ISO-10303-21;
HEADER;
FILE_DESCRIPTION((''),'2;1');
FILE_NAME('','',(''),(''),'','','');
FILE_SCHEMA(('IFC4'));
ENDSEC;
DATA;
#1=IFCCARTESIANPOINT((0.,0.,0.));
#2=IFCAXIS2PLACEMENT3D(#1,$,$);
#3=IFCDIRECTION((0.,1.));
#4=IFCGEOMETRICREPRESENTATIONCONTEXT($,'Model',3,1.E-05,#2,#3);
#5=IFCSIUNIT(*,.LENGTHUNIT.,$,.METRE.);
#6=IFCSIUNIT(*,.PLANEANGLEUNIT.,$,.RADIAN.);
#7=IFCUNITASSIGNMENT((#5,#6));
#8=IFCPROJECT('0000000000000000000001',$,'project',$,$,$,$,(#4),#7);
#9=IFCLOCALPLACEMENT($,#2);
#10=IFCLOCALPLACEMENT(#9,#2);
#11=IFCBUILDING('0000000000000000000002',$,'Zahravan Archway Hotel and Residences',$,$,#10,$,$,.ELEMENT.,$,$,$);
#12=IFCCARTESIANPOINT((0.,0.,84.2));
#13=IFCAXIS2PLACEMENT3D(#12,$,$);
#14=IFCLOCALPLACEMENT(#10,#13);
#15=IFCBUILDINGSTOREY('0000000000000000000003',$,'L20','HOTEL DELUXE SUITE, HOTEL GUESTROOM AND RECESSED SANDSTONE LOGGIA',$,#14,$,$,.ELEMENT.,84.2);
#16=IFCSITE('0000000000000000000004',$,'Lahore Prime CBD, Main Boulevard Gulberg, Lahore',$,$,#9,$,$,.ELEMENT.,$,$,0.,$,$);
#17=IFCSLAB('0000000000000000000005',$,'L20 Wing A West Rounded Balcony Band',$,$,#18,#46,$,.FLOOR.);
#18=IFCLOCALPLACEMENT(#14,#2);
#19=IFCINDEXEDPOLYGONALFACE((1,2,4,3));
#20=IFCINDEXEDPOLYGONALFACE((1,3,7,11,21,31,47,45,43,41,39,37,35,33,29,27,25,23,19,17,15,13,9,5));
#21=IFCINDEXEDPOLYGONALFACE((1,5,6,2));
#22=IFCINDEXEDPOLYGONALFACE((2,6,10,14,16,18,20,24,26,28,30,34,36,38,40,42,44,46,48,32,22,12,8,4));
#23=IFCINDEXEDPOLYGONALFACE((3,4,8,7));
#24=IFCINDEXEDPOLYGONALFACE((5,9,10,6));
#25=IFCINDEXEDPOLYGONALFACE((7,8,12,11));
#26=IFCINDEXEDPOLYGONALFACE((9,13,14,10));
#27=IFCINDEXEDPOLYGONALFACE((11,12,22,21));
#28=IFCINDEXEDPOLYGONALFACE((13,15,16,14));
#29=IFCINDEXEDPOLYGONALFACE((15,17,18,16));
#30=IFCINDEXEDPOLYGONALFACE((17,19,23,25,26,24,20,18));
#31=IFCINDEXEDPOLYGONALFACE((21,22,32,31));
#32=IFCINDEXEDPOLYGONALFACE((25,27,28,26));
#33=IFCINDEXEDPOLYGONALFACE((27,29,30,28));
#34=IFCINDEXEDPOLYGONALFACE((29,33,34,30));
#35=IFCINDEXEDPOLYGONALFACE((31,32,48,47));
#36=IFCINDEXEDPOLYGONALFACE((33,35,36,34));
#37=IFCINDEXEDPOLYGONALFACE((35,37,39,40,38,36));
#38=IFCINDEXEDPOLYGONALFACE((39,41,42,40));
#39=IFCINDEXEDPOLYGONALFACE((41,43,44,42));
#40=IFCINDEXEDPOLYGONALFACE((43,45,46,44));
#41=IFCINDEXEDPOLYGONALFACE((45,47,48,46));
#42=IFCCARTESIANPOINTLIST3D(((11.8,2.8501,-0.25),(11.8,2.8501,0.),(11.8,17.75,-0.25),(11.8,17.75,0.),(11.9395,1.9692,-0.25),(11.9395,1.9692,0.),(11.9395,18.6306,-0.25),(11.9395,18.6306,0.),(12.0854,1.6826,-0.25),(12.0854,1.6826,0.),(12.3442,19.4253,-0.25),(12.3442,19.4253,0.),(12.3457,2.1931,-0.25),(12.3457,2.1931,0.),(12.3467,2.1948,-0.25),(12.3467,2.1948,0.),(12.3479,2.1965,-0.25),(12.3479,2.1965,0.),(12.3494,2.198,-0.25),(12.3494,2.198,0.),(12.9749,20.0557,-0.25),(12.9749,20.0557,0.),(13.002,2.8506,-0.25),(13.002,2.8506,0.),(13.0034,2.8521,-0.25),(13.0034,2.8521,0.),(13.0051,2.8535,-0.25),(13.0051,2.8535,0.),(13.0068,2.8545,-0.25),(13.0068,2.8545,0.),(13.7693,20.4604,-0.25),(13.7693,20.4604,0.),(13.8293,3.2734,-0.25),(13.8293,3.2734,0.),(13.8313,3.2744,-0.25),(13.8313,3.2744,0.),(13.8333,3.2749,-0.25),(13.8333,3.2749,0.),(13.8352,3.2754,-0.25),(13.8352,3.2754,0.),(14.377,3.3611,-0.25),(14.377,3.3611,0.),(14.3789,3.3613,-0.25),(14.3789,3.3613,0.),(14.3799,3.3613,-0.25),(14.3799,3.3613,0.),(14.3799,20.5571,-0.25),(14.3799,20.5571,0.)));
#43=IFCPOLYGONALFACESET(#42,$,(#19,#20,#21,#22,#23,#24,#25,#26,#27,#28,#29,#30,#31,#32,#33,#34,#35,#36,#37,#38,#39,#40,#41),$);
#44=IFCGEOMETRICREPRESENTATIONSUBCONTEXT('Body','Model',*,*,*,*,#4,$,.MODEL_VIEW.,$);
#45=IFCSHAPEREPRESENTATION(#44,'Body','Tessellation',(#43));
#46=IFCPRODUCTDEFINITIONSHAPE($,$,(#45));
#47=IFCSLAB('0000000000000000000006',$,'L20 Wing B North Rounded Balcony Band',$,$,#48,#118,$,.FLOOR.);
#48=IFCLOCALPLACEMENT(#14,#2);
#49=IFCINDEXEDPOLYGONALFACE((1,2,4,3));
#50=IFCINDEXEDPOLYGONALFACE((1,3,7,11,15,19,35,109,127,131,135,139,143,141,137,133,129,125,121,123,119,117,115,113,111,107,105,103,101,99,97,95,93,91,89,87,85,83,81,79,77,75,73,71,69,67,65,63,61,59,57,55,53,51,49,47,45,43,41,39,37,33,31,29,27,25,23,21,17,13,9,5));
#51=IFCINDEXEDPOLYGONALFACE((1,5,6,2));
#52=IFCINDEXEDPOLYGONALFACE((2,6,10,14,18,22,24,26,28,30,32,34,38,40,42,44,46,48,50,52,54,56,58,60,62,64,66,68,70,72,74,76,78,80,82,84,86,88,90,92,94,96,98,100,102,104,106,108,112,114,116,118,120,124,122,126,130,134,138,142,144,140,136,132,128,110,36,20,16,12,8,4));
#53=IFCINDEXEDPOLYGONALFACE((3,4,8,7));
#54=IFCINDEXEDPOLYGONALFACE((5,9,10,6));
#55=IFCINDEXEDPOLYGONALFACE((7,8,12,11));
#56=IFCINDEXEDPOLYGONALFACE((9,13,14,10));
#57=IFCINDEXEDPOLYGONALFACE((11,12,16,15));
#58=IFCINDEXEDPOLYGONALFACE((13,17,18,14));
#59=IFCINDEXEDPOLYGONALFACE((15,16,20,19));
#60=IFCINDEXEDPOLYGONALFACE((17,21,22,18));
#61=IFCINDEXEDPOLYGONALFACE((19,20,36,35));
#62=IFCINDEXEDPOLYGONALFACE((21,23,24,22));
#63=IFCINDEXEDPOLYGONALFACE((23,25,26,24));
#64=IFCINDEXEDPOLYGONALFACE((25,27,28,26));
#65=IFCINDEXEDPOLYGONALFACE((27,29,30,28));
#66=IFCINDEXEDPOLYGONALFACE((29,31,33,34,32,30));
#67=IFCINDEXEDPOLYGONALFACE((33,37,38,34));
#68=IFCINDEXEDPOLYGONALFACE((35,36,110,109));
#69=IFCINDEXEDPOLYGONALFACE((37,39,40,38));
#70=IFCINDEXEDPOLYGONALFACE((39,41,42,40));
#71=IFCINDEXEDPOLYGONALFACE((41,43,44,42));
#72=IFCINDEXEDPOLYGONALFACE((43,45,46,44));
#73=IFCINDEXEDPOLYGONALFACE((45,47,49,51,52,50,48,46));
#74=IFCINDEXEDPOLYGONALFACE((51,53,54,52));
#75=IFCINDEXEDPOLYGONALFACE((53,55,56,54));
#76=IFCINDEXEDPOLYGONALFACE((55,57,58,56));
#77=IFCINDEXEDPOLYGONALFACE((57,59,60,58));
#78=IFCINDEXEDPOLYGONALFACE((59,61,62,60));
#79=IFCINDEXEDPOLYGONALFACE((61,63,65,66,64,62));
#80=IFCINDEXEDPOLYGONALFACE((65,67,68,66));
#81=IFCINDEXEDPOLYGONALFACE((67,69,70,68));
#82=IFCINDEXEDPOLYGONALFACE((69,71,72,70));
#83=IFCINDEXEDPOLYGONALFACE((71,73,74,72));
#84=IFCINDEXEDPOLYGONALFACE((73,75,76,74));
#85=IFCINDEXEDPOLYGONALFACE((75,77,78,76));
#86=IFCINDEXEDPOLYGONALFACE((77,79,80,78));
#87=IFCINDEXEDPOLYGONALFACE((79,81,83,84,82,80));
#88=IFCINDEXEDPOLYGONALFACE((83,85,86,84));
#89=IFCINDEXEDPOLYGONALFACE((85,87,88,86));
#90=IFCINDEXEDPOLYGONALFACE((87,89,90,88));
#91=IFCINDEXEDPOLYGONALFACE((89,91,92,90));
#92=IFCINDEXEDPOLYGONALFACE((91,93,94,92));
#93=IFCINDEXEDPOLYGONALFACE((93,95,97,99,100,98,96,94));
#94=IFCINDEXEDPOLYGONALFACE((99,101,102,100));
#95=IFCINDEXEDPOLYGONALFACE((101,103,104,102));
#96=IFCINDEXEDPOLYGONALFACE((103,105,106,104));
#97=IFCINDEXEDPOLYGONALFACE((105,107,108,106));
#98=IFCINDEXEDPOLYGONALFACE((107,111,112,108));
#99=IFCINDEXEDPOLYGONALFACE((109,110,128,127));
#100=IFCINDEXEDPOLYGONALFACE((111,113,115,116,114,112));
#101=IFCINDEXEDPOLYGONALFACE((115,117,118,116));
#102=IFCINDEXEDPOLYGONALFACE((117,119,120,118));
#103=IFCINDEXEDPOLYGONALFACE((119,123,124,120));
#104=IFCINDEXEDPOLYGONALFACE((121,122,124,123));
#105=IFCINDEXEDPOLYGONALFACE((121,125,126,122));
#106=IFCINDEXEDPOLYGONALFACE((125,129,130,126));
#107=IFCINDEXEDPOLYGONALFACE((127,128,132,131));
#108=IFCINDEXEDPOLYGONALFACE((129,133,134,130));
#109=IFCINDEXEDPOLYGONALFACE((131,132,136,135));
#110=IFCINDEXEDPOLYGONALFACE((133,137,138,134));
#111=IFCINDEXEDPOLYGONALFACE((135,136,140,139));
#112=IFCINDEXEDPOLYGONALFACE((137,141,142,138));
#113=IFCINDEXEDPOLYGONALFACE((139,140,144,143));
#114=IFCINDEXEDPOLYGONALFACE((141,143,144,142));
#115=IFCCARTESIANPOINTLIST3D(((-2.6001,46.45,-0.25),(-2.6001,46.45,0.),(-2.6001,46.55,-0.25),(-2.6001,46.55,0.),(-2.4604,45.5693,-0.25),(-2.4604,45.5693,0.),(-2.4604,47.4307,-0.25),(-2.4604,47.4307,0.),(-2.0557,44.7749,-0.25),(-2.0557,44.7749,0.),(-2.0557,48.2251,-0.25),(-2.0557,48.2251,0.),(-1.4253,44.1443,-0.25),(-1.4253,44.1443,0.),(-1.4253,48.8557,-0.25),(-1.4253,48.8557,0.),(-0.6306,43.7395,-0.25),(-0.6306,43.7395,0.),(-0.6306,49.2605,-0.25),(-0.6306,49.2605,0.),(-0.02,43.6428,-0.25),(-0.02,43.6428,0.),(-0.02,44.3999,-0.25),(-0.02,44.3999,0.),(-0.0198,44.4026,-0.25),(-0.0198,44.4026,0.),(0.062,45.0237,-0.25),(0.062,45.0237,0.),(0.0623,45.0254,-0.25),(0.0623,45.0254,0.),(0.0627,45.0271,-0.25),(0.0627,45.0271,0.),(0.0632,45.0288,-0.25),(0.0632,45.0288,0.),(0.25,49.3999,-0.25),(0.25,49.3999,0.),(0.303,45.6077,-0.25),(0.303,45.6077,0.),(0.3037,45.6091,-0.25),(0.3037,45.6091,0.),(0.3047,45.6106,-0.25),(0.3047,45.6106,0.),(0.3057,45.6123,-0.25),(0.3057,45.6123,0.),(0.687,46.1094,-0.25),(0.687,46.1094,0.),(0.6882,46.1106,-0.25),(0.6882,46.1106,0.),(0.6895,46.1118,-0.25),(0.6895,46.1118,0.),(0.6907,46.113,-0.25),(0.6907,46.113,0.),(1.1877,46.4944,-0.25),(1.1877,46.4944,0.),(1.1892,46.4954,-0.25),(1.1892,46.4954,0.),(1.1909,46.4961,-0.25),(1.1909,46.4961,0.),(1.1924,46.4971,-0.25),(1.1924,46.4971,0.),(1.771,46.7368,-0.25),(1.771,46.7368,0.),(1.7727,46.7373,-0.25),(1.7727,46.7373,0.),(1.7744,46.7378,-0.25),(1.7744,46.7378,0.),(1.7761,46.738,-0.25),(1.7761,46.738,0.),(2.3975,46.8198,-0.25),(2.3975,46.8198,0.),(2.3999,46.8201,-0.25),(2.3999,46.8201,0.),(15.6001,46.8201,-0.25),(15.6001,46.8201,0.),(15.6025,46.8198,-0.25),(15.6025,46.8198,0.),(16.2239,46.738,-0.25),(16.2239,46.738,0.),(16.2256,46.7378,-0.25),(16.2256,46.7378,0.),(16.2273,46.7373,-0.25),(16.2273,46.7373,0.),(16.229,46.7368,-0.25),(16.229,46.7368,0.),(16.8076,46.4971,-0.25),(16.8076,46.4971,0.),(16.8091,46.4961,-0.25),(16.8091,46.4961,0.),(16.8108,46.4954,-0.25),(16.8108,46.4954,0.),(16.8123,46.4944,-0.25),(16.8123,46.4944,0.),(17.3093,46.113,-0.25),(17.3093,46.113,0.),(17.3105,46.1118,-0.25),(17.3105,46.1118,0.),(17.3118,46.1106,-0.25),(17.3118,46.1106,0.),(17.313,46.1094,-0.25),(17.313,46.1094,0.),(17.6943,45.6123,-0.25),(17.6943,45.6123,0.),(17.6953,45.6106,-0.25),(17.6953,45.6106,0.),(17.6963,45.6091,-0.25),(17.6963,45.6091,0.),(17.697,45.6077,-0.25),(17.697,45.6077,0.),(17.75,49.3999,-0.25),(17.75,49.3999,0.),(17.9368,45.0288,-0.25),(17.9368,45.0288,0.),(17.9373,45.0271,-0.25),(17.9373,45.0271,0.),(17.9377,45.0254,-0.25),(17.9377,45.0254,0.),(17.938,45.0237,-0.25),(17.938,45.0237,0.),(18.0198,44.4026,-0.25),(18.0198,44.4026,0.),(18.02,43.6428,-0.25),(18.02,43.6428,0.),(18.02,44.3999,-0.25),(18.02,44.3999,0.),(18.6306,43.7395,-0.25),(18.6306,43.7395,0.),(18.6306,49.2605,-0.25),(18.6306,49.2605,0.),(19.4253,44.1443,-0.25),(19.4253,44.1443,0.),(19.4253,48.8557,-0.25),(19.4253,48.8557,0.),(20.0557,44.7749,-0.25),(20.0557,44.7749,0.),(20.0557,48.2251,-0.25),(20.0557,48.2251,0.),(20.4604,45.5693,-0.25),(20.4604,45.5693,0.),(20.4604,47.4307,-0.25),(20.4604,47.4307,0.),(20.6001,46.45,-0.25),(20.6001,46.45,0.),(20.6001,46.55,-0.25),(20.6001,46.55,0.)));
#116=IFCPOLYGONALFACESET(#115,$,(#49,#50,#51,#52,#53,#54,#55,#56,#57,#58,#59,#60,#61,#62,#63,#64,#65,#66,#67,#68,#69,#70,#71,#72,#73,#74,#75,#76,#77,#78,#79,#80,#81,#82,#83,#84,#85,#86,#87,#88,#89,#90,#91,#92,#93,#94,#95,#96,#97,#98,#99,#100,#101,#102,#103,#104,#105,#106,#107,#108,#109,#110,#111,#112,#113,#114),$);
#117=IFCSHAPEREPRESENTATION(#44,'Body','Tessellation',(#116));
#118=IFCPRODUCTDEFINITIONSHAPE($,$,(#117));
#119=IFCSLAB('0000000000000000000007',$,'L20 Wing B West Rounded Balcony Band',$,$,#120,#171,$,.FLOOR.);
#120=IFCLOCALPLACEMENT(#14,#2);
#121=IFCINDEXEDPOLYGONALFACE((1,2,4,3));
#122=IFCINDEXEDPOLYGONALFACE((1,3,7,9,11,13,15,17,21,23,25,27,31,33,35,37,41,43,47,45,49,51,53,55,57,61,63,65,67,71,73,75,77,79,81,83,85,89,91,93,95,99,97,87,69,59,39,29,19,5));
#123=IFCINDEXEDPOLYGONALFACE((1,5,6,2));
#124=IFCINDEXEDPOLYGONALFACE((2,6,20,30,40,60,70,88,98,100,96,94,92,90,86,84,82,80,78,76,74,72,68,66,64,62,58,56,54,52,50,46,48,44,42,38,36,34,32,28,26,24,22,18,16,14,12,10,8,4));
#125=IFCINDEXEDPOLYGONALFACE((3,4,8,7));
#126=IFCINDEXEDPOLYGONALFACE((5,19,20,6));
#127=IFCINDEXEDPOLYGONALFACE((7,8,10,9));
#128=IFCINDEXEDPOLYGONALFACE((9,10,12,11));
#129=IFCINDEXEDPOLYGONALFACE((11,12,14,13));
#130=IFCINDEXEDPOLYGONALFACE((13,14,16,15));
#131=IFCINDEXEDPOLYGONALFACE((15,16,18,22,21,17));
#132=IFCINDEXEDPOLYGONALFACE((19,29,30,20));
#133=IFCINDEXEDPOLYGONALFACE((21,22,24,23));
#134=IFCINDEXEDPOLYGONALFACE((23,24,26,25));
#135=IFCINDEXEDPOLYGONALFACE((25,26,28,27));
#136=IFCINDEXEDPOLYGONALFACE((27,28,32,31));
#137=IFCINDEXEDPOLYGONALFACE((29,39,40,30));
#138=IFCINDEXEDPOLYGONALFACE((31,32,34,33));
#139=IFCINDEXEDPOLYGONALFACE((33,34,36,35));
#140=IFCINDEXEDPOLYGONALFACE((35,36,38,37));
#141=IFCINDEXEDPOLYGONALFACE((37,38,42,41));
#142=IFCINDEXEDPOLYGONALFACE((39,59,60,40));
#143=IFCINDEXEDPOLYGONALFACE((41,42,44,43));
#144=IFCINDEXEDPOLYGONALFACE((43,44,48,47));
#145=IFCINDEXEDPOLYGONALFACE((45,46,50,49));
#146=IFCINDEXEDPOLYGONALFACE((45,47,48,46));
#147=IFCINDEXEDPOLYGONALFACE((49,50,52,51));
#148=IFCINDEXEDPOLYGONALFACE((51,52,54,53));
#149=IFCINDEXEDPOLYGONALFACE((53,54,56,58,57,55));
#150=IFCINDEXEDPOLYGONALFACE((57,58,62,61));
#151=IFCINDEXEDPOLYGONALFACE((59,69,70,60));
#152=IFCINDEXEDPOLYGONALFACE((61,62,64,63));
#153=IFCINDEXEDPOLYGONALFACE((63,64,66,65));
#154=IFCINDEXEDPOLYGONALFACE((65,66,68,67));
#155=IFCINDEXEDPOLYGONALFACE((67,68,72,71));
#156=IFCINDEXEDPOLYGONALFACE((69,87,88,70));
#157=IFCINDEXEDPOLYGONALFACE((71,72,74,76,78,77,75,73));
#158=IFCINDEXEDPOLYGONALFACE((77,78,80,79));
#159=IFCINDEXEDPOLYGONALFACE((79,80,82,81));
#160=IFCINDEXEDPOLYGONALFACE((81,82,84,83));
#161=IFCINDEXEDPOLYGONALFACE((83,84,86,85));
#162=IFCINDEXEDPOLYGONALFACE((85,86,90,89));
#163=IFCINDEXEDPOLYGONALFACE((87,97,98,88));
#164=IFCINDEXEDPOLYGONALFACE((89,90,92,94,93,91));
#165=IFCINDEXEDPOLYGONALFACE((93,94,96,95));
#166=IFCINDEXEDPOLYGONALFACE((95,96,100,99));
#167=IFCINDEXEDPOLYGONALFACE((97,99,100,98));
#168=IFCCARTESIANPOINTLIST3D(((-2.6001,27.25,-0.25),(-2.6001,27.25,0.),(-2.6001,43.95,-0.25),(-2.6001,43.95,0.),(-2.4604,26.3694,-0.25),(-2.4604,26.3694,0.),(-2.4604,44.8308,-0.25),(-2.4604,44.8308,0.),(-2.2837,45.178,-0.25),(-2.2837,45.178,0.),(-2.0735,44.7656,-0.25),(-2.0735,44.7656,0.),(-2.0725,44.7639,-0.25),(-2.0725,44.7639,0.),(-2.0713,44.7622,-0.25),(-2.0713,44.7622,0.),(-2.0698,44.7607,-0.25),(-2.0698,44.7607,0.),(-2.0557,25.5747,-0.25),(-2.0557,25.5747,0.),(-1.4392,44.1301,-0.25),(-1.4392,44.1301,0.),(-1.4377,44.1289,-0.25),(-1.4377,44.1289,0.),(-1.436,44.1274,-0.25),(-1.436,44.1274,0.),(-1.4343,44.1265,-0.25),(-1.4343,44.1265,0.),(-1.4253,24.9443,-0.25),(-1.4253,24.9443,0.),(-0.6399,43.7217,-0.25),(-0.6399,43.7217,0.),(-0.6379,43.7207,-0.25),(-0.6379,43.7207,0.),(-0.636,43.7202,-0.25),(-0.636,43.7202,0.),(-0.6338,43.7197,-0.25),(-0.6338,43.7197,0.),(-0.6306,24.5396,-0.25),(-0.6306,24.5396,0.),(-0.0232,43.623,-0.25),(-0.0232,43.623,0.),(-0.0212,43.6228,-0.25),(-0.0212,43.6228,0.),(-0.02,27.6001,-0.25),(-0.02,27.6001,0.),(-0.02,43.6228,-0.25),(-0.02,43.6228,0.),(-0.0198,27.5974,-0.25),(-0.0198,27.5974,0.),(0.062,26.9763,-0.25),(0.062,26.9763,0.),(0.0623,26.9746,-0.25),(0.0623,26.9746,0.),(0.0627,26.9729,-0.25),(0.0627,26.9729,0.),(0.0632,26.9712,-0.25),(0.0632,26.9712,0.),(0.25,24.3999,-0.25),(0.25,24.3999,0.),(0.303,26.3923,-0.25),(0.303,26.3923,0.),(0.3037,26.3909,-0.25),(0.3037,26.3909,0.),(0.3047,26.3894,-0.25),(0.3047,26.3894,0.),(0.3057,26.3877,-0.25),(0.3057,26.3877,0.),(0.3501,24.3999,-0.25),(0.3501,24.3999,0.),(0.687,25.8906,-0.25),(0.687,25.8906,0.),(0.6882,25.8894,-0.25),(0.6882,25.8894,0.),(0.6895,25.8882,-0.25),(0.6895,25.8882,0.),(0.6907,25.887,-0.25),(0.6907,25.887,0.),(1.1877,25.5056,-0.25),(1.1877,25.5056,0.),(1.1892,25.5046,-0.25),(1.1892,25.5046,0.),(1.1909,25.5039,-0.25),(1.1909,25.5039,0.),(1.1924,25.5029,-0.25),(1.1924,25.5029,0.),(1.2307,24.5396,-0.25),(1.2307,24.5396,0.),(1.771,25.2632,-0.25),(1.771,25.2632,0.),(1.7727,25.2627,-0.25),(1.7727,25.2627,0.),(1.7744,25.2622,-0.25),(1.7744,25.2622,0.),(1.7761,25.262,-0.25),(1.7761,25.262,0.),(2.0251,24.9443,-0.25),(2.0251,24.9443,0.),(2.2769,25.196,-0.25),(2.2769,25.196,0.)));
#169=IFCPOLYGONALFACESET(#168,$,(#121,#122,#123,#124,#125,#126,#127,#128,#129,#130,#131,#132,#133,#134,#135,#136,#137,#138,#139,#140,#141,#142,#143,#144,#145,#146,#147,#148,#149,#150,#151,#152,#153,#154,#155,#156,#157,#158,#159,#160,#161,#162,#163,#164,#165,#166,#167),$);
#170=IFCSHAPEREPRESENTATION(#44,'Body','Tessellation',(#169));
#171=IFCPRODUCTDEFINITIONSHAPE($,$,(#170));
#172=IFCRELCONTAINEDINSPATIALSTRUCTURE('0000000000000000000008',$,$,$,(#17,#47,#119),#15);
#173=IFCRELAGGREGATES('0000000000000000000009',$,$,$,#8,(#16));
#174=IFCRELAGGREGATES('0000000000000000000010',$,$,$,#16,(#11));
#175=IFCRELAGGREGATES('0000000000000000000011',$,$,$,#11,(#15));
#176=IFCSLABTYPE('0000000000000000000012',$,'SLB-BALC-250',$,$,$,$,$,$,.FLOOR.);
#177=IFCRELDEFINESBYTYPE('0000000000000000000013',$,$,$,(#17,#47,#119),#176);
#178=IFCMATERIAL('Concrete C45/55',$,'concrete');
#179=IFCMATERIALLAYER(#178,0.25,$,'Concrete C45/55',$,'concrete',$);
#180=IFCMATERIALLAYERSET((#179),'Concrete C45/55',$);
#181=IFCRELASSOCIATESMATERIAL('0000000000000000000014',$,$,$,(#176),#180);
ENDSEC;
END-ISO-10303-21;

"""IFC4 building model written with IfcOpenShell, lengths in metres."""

from ifc_helpers import new_model, si_unit, direction, frame, origin, place, context, subcontext, project, spatial, polyline, outline, extrude, material, layer, layer_set, type_object, element, save


model = new_model("IFC4")

# Units and contexts
model_context = context("Model", 3, precision=1e-05, world=origin(), true_north=direction((0.0, 1.0)))
body_context = subcontext(model_context, "Body", "Model", "MODEL_VIEW")
ifc_project = project(units=[si_unit("LENGTHUNIT", "METRE"), si_unit("PLANEANGLEUNIT", "RADIAN")], contexts=[model_context])

# Site, building, storey
site_placement = place(None, origin())
site = spatial("IfcSite", under=ifc_project, at=site_placement, Name="Lahore Prime CBD, Main Boulevard Gulberg, Lahore", CompositionType="ELEMENT", RefElevation=0.0)
building_placement = place(site_placement, origin())
building = spatial("IfcBuilding", under=site, at=building_placement, Name="Zahravan Archway Hotel and Residences", CompositionType="ELEMENT")
storey_placement = place(building_placement, frame((0.0, 0.0, 84.2)))
storey = spatial("IfcBuildingStorey", under=building, at=storey_placement, Name="L20", Description="HOTEL DELUXE SUITE, HOTEL GUESTROOM AND RECESSED SANDSTONE LOGGIA", CompositionType="ELEMENT", Elevation=84.2)

# Slabs
ifc_material_1 = material(Name="Concrete C45/55", Category="concrete")
ifc_layer_1 = layer(ifc_material_1, 0.25, Name="Concrete C45/55", Category="concrete")
ifc_layer_set_1 = layer_set([ifc_layer_1], Name="Concrete C45/55")
slab_type_1 = type_object("IfcSlabType", Name="SLB-BALC-250", PredefinedType="FLOOR", material=ifc_layer_set_1)
slab_1_placement = place(storey_placement, frame((0.0, 0.0, -0.25)))
element("IfcSlab", 1, at=slab_1_placement, inside=storey, type_object=slab_type_1, Name="L20 Wing A West Rounded Balcony Band", PredefinedType="FLOOR", context=body_context, shape_type="SweptSolid", body=[
    extrude(outline(polyline([(11.9395, 1.9692), (11.8, 2.8501), (11.8, 17.75), (11.9395, 18.6306), (12.3442, 19.4253), (12.9749, 20.0557), (13.7693, 20.4604), (14.3799, 20.5571), (14.3799, 3.3613), (14.3789, 3.3613), (14.377, 3.3611), (13.8352, 3.2754), (13.8333, 3.2749), (13.8313, 3.2744), (13.8293, 3.2734), (13.0068, 2.8545), (13.0051, 2.8535), (13.0034, 2.8521), (13.002, 2.8506), (12.3494, 2.198), (12.3479, 2.1965), (12.3467, 2.1948), (12.3457, 2.1931), (12.0854, 1.6826), (11.9395, 1.9692)])), origin(), (0.0, 0.0, 1.0), 0.25),
])
slab_2_placement = place(storey_placement, frame((0.0, 0.0, -0.25)))
element("IfcSlab", 2, at=slab_2_placement, inside=storey, type_object=slab_type_1, Name="L20 Wing B North Rounded Balcony Band", PredefinedType="FLOOR", context=body_context, shape_type="SweptSolid", body=[
    extrude(outline(polyline([(-0.6306, 43.7395), (-1.4253, 44.1443), (-2.0557, 44.7749), (-2.4604, 45.5693), (-2.6001, 46.45), (-2.6001, 46.55), (-2.4604, 47.4307), (-2.0557, 48.2251), (-1.4253, 48.8557), (-0.6306, 49.2605), (0.25, 49.3999), (17.75, 49.3999), (18.6306, 49.2605), (19.4253, 48.8557), (20.0557, 48.2251), (20.4604, 47.4307), (20.6001, 46.55), (20.6001, 46.45), (20.4604, 45.5693), (20.0557, 44.7749), (19.4253, 44.1443), (18.6306, 43.7395), (18.02, 43.6428), (18.02, 44.3999), (18.0198, 44.4026), (17.938, 45.0237), (17.9377, 45.0254), (17.9373, 45.0271), (17.9368, 45.0288), (17.697, 45.6077), (17.6963, 45.6091), (17.6953, 45.6106), (17.6943, 45.6123), (17.313, 46.1094), (17.3118, 46.1106), (17.3105, 46.1118), (17.3093, 46.113), (16.8123, 46.4944), (16.8108, 46.4954), (16.8091, 46.4961), (16.8076, 46.4971), (16.229, 46.7368), (16.2273, 46.7373), (16.2256, 46.7378), (16.2239, 46.738), (15.6025, 46.8198), (15.6001, 46.8201), (2.3999, 46.8201), (2.3975, 46.8198), (1.7761, 46.738), (1.7744, 46.7378), (1.7727, 46.7373), (1.771, 46.7368), (1.1924, 46.4971), (1.1909, 46.4961), (1.1892, 46.4954), (1.1877, 46.4944), (0.6907, 46.113), (0.6895, 46.1118), (0.6882, 46.1106), (0.687, 46.1094), (0.3057, 45.6123), (0.3047, 45.6106), (0.3037, 45.6091), (0.303, 45.6077), (0.0632, 45.0288), (0.0627, 45.0271), (0.0623, 45.0254), (0.062, 45.0237), (-0.0198, 44.4026), (-0.02, 44.3999), (-0.02, 43.6428), (-0.6306, 43.7395)])), origin(), (0.0, 0.0, 1.0), 0.25),
])
slab_3_placement = place(storey_placement, frame((0.0, 0.0, -0.25)))
element("IfcSlab", 3, at=slab_3_placement, inside=storey, type_object=slab_type_1, Name="L20 Wing B West Rounded Balcony Band", PredefinedType="FLOOR", context=body_context, shape_type="SweptSolid", body=[
    extrude(outline(polyline([(2.0251, 24.9443), (1.2307, 24.5396), (0.3501, 24.3999), (0.25, 24.3999), (-0.6306, 24.5396), (-1.4253, 24.9443), (-2.0557, 25.5747), (-2.4604, 26.3694), (-2.6001, 27.25), (-2.6001, 43.95), (-2.4604, 44.8308), (-2.2837, 45.178), (-2.0735, 44.7656), (-2.0725, 44.7639), (-2.0713, 44.7622), (-2.0698, 44.7607), (-1.4392, 44.1301), (-1.4377, 44.1289), (-1.436, 44.1274), (-1.4343, 44.1265), (-0.6399, 43.7217), (-0.6379, 43.7207), (-0.636, 43.7202), (-0.6338, 43.7197), (-0.0232, 43.623), (-0.0212, 43.6228), (-0.02, 43.6228), (-0.02, 27.6001), (-0.0198, 27.5974), (0.062, 26.9763), (0.0623, 26.9746), (0.0627, 26.9729), (0.0632, 26.9712), (0.303, 26.3923), (0.3037, 26.3909), (0.3047, 26.3894), (0.3057, 26.3877), (0.687, 25.8906), (0.6882, 25.8894), (0.6895, 25.8882), (0.6907, 25.887), (1.1877, 25.5056), (1.1892, 25.5046), (1.1909, 25.5039), (1.1924, 25.5029), (1.771, 25.2632), (1.7727, 25.2627), (1.7744, 25.2622), (1.7761, 25.262), (2.2769, 25.196), (2.0251, 24.9443)])), origin(), (0.0, 0.0, 1.0), 0.25),
])

save(model, "model.ifc")
